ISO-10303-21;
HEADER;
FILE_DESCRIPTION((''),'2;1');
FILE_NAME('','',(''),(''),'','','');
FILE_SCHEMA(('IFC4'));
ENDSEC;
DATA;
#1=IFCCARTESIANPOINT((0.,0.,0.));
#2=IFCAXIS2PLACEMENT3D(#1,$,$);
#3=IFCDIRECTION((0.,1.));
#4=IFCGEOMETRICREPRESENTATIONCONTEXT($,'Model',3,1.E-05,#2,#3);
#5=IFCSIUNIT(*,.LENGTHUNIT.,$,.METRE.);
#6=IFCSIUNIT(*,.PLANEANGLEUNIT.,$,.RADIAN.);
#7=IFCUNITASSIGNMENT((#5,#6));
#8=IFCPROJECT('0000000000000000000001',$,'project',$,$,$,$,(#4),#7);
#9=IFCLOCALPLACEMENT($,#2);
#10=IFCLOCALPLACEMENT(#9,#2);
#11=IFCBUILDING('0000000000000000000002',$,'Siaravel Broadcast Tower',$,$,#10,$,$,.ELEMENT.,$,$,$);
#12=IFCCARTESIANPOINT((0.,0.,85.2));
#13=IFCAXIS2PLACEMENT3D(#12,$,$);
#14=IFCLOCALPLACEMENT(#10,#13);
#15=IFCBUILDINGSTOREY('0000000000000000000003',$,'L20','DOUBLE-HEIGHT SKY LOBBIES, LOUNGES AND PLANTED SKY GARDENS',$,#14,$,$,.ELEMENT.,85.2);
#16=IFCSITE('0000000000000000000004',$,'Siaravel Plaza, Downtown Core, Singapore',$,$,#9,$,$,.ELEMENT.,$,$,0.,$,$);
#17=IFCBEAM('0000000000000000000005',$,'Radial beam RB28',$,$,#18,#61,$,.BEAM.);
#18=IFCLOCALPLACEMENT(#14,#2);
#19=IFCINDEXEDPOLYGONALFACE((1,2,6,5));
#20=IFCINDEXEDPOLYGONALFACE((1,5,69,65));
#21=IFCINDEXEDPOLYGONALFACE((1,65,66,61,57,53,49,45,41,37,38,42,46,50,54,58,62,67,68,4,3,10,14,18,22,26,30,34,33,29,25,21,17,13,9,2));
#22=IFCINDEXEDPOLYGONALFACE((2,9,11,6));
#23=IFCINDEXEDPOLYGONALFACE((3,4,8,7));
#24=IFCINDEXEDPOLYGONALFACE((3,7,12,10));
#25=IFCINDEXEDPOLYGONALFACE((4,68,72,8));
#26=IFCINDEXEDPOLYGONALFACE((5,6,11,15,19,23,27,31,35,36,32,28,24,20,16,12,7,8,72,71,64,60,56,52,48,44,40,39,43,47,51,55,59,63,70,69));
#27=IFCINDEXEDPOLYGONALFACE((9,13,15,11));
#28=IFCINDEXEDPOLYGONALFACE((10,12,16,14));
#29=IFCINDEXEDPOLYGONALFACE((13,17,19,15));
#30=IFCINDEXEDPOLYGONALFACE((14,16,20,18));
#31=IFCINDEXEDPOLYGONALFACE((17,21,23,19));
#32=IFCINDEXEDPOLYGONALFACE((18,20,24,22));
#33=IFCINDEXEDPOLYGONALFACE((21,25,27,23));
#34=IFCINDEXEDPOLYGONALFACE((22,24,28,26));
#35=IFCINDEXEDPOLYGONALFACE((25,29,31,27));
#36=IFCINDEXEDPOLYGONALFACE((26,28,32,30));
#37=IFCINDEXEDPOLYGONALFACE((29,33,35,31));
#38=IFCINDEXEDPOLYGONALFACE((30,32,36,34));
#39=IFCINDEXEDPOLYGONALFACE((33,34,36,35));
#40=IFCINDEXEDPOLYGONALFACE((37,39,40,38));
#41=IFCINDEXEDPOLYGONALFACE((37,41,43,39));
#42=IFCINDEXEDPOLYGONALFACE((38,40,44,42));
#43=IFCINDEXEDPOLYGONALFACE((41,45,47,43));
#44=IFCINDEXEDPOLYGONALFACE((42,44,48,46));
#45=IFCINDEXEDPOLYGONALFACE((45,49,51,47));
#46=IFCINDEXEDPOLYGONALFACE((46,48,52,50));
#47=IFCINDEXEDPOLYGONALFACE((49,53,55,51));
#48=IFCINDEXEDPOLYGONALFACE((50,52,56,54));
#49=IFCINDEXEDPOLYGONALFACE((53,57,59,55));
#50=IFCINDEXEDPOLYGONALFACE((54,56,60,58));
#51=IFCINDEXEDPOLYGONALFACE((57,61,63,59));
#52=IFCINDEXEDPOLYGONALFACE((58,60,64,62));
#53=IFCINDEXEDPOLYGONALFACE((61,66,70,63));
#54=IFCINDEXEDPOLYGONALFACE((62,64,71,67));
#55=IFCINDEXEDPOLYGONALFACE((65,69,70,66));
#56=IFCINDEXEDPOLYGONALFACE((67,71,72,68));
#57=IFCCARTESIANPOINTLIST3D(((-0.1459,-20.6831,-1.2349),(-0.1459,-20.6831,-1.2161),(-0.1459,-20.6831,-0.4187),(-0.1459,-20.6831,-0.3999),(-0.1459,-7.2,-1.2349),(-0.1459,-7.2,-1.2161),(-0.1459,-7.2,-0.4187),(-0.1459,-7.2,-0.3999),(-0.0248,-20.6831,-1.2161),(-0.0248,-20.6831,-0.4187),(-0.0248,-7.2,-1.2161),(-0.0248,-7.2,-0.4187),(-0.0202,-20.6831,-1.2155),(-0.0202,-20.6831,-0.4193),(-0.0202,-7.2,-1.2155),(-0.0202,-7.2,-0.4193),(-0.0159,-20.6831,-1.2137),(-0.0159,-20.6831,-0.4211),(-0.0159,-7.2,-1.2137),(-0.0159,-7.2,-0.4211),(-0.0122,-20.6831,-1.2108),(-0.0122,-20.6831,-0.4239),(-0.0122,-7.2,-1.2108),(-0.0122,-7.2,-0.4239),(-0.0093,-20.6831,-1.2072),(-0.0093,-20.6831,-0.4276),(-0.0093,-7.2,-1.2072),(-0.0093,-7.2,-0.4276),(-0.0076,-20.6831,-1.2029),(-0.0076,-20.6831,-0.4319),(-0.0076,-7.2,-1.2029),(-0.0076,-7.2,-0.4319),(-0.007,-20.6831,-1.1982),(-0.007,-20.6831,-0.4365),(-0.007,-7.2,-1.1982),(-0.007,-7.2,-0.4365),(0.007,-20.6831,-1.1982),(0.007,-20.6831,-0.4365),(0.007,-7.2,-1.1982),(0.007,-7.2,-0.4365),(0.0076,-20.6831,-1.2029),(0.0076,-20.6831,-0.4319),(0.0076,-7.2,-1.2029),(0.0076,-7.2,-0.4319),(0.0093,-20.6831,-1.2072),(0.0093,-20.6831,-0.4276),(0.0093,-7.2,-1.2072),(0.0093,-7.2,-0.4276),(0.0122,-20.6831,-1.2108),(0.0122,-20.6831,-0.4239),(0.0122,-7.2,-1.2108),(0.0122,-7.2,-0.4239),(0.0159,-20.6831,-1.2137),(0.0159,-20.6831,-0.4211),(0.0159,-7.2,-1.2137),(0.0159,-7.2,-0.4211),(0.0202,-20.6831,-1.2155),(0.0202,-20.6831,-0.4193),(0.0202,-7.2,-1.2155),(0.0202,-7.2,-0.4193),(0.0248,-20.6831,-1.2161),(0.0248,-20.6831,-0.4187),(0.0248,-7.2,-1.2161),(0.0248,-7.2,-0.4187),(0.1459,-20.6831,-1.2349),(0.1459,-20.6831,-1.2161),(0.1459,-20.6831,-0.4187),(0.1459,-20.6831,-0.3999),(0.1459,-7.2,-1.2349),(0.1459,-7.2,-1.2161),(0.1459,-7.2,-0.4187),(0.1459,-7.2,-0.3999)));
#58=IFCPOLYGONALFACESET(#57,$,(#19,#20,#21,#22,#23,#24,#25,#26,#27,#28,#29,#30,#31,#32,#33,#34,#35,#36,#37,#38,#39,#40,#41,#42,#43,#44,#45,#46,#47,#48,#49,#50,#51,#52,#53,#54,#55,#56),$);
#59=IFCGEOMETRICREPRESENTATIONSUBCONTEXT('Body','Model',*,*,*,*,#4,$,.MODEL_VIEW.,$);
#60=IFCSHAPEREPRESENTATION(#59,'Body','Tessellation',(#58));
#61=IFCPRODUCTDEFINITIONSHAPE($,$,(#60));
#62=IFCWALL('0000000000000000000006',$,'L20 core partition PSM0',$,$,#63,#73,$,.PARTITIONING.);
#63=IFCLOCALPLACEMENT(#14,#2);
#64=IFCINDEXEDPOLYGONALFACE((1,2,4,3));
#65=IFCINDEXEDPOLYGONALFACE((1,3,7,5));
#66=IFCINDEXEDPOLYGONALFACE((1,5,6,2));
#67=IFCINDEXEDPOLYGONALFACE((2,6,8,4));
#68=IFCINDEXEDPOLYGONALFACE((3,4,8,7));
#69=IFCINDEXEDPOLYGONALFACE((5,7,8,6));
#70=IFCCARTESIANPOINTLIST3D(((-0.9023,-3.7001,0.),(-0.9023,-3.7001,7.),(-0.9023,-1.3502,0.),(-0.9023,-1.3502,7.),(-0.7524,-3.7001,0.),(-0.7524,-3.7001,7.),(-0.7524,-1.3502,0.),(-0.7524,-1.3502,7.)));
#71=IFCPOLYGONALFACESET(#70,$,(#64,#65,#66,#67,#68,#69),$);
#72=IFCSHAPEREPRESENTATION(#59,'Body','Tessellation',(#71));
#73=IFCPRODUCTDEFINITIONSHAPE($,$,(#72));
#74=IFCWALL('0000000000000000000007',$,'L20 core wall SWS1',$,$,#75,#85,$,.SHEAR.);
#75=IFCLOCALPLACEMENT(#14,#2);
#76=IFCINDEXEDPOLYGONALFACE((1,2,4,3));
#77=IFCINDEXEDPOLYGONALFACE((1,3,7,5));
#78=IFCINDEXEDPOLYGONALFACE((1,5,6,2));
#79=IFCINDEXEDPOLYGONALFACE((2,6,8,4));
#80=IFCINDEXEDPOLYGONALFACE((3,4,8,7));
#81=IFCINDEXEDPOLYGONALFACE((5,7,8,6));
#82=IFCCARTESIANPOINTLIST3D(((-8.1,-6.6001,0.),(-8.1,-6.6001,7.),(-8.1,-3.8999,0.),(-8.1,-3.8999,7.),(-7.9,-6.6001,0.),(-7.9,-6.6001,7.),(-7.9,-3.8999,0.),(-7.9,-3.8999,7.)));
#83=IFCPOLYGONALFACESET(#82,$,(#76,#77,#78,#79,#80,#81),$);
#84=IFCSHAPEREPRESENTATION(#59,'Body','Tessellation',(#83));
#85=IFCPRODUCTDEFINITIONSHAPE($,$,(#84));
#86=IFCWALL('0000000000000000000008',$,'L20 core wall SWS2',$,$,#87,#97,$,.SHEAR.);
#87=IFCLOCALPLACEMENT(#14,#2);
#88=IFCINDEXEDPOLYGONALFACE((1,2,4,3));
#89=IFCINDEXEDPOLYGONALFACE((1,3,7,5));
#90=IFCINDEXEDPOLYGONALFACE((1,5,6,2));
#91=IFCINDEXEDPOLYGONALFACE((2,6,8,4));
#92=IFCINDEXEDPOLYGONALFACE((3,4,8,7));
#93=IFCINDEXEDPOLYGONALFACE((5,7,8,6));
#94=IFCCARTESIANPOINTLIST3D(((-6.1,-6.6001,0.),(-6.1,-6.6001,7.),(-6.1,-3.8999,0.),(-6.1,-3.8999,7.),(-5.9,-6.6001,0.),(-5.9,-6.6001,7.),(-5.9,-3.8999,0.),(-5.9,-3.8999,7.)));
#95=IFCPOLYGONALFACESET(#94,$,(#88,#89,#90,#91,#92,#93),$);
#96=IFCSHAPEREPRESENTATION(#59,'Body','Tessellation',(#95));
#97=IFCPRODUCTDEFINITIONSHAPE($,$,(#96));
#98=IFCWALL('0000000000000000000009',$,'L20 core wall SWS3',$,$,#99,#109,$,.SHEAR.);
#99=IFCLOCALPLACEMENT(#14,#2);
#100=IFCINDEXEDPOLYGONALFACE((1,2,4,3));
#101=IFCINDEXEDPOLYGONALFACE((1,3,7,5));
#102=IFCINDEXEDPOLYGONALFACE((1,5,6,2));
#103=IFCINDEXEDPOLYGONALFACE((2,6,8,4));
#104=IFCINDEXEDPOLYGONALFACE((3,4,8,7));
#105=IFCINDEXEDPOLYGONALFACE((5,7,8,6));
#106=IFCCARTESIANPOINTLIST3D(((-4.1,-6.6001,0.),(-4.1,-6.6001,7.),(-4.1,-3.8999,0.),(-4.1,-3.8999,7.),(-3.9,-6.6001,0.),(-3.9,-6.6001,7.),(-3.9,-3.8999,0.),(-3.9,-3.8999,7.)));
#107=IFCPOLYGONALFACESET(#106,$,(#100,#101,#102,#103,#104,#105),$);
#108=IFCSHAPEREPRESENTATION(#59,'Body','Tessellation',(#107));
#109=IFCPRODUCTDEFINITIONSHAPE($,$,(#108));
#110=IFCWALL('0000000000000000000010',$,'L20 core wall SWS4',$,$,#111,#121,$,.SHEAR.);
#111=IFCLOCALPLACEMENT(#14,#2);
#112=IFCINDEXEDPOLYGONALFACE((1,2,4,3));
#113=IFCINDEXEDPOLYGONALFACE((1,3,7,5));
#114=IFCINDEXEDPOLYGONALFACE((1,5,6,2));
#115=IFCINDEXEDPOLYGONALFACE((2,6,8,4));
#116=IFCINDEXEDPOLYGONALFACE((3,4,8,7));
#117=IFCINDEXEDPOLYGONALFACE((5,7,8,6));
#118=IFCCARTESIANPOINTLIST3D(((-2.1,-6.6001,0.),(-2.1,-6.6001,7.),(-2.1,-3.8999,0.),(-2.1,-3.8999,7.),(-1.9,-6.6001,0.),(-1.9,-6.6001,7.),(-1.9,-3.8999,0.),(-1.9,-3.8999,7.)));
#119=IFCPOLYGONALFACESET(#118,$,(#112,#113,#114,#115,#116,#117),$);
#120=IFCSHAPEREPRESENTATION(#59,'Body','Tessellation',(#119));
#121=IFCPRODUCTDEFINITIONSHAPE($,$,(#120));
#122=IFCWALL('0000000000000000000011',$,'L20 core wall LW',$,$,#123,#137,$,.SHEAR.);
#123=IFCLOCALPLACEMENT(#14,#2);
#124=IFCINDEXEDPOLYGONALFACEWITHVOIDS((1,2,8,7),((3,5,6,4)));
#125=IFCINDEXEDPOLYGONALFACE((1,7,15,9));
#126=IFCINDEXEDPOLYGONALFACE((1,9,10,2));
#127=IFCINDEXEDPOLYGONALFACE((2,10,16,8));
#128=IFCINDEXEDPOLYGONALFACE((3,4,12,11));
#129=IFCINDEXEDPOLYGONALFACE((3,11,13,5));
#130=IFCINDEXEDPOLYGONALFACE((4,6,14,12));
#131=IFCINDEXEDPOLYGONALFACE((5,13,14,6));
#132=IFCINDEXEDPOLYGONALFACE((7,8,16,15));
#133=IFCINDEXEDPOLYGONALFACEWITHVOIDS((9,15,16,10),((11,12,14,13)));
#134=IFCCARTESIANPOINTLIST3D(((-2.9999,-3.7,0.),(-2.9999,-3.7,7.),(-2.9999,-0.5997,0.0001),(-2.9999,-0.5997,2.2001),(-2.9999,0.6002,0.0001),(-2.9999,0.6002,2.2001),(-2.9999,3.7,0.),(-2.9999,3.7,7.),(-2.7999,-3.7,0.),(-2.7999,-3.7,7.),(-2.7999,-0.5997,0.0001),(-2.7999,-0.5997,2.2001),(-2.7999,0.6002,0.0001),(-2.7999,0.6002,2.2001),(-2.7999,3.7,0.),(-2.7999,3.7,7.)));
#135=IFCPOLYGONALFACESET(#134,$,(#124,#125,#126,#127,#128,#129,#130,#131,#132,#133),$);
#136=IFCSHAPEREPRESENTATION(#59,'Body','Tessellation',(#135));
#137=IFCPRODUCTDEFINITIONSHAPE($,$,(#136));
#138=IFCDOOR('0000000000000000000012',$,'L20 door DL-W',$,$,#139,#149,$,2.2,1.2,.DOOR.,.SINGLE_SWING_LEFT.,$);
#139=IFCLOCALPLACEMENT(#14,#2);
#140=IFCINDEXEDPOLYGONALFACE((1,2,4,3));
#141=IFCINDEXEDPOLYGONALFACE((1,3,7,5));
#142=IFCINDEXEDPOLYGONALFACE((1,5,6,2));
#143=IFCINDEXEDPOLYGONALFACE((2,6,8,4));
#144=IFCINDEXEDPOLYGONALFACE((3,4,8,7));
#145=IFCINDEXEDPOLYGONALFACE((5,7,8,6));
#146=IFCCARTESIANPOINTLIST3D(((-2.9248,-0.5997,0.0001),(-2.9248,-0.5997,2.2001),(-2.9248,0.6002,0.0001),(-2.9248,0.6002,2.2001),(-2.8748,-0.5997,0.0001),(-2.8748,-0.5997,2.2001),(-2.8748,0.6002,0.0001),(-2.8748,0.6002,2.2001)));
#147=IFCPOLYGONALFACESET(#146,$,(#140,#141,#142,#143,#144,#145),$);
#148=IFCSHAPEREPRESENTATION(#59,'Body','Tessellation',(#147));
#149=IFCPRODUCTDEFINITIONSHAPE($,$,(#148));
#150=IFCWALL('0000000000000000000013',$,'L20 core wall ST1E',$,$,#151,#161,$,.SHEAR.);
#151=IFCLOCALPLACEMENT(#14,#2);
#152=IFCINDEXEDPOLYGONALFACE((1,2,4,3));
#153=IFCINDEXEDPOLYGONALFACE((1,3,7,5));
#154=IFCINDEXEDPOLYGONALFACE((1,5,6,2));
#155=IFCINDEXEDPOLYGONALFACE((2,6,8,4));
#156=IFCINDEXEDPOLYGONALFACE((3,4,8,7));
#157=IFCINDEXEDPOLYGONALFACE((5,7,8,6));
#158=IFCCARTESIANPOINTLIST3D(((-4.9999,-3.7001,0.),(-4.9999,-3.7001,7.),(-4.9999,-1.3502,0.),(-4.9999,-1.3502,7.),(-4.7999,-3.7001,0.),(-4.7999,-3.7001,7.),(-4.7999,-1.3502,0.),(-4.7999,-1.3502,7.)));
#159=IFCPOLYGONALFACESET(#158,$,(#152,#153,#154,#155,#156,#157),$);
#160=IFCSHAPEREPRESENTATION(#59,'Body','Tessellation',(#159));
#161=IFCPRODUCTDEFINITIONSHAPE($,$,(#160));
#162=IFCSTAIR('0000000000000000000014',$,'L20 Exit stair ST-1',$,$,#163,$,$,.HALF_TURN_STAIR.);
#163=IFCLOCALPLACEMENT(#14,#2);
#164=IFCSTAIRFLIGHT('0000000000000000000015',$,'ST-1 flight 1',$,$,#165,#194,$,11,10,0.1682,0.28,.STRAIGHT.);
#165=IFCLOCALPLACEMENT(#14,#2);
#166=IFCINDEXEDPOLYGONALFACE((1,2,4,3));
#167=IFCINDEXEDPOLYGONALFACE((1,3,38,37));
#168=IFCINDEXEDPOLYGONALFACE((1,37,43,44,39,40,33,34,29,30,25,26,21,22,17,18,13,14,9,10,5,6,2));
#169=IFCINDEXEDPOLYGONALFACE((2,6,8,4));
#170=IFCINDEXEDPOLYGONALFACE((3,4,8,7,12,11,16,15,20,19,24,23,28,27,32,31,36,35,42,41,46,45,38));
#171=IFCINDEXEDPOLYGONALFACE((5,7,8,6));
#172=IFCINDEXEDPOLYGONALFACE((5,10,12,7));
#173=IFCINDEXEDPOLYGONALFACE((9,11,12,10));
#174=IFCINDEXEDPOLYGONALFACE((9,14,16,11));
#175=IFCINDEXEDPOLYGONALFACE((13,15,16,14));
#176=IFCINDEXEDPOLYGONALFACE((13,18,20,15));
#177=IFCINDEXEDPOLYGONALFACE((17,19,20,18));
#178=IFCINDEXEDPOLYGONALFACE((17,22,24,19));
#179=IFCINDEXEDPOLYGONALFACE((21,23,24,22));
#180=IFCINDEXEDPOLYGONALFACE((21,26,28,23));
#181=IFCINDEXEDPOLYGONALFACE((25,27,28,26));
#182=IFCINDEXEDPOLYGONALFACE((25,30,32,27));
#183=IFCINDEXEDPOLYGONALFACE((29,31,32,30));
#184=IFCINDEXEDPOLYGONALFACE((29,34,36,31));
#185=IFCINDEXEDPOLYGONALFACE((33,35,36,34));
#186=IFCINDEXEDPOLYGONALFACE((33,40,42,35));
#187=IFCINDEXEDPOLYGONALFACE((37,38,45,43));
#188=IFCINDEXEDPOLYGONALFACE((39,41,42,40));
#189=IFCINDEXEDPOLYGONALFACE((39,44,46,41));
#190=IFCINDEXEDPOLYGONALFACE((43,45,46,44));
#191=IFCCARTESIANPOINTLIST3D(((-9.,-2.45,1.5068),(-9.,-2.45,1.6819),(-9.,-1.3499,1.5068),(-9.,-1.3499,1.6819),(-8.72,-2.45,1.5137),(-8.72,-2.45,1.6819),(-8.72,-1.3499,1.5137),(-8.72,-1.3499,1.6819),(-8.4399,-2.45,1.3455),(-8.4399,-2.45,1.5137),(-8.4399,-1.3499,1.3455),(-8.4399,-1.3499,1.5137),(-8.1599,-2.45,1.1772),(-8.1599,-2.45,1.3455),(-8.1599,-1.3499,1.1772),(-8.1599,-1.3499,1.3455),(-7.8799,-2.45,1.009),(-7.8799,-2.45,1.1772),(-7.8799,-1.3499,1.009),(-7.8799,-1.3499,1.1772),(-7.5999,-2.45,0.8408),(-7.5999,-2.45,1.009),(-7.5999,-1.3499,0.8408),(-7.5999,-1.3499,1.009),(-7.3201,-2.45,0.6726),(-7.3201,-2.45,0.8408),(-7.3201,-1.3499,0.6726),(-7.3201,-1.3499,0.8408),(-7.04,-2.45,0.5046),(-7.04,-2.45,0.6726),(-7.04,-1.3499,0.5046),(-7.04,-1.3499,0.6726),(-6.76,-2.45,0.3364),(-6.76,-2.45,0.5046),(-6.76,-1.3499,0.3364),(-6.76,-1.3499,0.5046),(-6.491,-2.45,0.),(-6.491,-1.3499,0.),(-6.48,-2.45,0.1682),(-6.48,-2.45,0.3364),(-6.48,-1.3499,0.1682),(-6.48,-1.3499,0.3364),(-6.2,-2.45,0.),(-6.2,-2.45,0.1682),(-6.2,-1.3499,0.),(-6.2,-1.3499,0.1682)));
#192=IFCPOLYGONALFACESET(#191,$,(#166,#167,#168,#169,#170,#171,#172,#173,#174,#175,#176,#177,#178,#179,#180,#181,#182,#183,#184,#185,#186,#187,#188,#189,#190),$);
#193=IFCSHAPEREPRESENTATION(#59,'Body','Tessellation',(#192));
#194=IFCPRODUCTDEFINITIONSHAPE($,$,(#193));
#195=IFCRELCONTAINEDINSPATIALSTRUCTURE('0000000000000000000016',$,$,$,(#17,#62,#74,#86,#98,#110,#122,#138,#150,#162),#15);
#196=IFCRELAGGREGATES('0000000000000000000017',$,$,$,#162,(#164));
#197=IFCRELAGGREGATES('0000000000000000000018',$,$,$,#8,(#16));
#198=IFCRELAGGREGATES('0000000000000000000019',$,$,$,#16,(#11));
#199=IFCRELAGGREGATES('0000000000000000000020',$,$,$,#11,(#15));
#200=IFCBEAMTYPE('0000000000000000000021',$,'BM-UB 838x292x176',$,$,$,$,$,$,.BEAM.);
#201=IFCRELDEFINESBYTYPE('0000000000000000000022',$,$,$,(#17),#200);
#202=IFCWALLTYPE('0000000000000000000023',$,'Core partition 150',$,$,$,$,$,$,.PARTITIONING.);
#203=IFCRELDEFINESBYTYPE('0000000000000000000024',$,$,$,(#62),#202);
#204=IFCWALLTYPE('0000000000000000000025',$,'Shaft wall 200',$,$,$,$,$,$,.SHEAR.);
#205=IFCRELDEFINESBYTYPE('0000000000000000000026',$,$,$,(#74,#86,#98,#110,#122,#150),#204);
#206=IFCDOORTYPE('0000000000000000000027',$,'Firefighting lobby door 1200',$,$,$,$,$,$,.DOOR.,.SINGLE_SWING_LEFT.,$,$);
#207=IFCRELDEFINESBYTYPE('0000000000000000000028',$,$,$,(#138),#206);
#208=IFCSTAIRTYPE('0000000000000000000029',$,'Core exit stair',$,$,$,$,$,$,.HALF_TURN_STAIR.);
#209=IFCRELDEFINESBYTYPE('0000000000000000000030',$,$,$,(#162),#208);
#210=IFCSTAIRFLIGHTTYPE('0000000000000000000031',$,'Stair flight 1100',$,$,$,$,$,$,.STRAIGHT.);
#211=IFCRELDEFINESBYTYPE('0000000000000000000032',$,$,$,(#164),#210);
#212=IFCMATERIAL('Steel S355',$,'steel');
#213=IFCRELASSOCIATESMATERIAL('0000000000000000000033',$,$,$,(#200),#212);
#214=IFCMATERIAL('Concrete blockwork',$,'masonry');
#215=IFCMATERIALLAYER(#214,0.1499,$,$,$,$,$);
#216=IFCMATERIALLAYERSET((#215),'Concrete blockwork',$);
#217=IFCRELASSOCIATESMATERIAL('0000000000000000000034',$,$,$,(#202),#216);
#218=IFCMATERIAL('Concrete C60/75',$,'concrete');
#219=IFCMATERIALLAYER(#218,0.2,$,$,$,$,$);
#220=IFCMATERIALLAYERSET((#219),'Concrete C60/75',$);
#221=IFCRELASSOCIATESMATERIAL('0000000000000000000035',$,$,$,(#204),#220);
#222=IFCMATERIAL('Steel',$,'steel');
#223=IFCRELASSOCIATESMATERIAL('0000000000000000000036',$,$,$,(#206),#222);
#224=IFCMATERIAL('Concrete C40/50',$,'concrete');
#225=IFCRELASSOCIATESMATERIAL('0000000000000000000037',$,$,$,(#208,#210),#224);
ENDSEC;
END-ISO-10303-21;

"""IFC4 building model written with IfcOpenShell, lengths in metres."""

from ifc_helpers import new_model, si_unit, direction, frame, frame_2d, origin, origin_2d, place, context, subcontext, project, spatial, polyline, rectangle, i_section, outline, extrude, material, layer, layer_set, material_profile, profile_set, type_object, element, fill, aggregate, save


model = new_model("IFC4")

# Units and contexts
model_context = context("Model", 3, precision=1e-05, world=origin(), true_north=direction((0.0, 1.0)))
body_context = subcontext(model_context, "Body", "Model", "MODEL_VIEW")
ifc_project = project(units=[si_unit("LENGTHUNIT", "METRE"), si_unit("PLANEANGLEUNIT", "RADIAN")], contexts=[model_context])

# Site, building, storey
site_placement = place(None, origin())
site = spatial("IfcSite", under=ifc_project, at=site_placement, Name="Siaravel Plaza, Downtown Core, Singapore", CompositionType="ELEMENT", RefElevation=0.0)
building_placement = place(site_placement, origin())
building = spatial("IfcBuilding", under=site, at=building_placement, Name="Siaravel Broadcast Tower", CompositionType="ELEMENT")
storey_placement = place(building_placement, frame((0.0, 0.0, 85.2)))
storey = spatial("IfcBuildingStorey", under=building, at=storey_placement, Name="L20", Description="DOUBLE-HEIGHT SKY LOBBIES, LOUNGES AND PLANTED SKY GARDENS", CompositionType="ELEMENT", Elevation=85.2)

# Beam
ifc_material_1 = material(Name="Steel S355", Category="steel")
ifc_material_profile_1 = material_profile(ifc_material_1, i_section(OverallWidth=0.2917, OverallDepth=0.835, WebThickness=0.0139, FlangeThickness=0.0188, FilletRadius=0.0178, at=origin_2d()))
ifc_profile_set_1 = profile_set([ifc_material_profile_1], Name="Steel S355")
beam_type = type_object("IfcBeamType", Name="BM-UB 838x292x176", PredefinedType="BEAM", material=ifc_profile_set_1)
beam_1_placement = place(storey_placement, frame((0.0, -20.6831, -0.8174), z_axis=(0.0, 1.0, 0.0), x_axis=(-1.0, 0.0, 0.0)))
element("IfcBeam", 1, at=beam_1_placement, inside=storey, type_object=beam_type, Name="Radial beam RB28", PredefinedType="BEAM", context=body_context, shape_type="SweptSolid", body=[
    extrude(i_section(OverallWidth=0.2917, OverallDepth=0.835, WebThickness=0.0139, FlangeThickness=0.0188, FilletRadius=0.0178, at=origin_2d()), origin(), (0.0, 0.0, 1.0), 13.4832),
])

# Walls
ifc_material_2 = material(Name="Concrete blockwork", Category="masonry")
ifc_layer_1 = layer(ifc_material_2, 0.1499)
ifc_layer_set_1 = layer_set([ifc_layer_1], Name="Concrete blockwork")
wall_type_1 = type_object("IfcWallType", Name="Core partition 150", PredefinedType="PARTITIONING", material=ifc_layer_set_1)
wall_1_placement = place(storey_placement, frame((-0.8274, -3.7, 0.0), z_axis=(0.0, 0.0, 1.0), x_axis=(0.0, 1.0, 0.0)))
element("IfcWall", 2, at=wall_1_placement, inside=storey, type_object=wall_type_1, Name="L20 core partition PSM0", PredefinedType="PARTITIONING", context=body_context, shape_type="SweptSolid", body=[
    extrude(rectangle(XDim=2.3499, YDim=0.1499, at=frame_2d((1.1748, 0.0))), origin(), (0.0, 0.0, 1.0), 7.0),
])
ifc_material_3 = material(Name="Concrete C60/75", Category="concrete")
ifc_layer_2 = layer(ifc_material_3, 0.2)
ifc_layer_set_2 = layer_set([ifc_layer_2], Name="Concrete C60/75")
wall_type_2 = type_object("IfcWallType", Name="Shaft wall 200", PredefinedType="SHEAR", material=ifc_layer_set_2)
for number, where, z_axis, x_axis, name in (
    (3, (-8.0, -6.6001, 0.0), (0.0, 0.0, 1.0), (0.0, 1.0, 0.0), "L20 core wall SWS1"),
    (4, (-6.0, -6.6001, 0.0), (0.0, 0.0, 1.0), (0.0, 1.0, 0.0), "L20 core wall SWS2"),
    (5, (-4.0, -6.6001, 0.0), (0.0, 0.0, 1.0), (0.0, 1.0, 0.0), "L20 core wall SWS3"),
    (6, (-2.0, -6.6001, 0.0), (0.0, 0.0, 1.0), (0.0, 1.0, 0.0), "L20 core wall SWS4"),
):
    element("IfcWall", number, at=place(storey_placement, frame(where, z_axis=z_axis, x_axis=x_axis)), inside=storey, type_object=wall_type_2, Name=name, PredefinedType="SHEAR", context=body_context, shape_type="SweptSolid", body=[
        extrude(rectangle(XDim=2.7002, YDim=0.2, at=frame_2d((1.3501, 0.0))), origin(), (0.0, 0.0, 1.0), 7.0),
    ])

# Wall, opening, door
wall_2_placement = place(storey_placement, frame((-2.8999, -3.7, 0.0), z_axis=(0.0, 0.0, 1.0), x_axis=(0.0, 1.0, 0.0)))
wall_2 = element("IfcWall", 7, at=wall_2_placement, inside=storey, type_object=wall_type_2, Name="L20 core wall LW", PredefinedType="SHEAR", context=body_context, shape_type="SweptSolid", body=[
    extrude(rectangle(XDim=7.3999, YDim=0.2, at=frame_2d((3.7, 0.0))), origin(), (0.0, 0.0, 1.0), 7.0),
])
opening_placement = place(wall_2_placement, frame((3.1001, 0.0, 0.0)))
opening = element("IfcOpeningElement", 8, at=opening_placement, cuts=wall_2, PredefinedType="OPENING", context=body_context, shape_type="SweptSolid", body=[
    extrude(rectangle(XDim=1.2, YDim=2.2, at=frame_2d((0.6001, 1.1001))), frame((0.0, 0.1099, 0.0), z_axis=(0.0, -1.0, 0.0), x_axis=(1.0, 0.0, 0.0)), (0.0, 0.0, 1.0), 0.22),
])
ifc_material_4 = material(Name="Steel", Category="steel")
door_type = type_object("IfcDoorType", Name="Firefighting lobby door 1200", OperationType="SINGLE_SWING_LEFT", PredefinedType="DOOR", material=ifc_material_4)
door_placement = place(opening_placement, origin())
door = element("IfcDoor", 9, at=door_placement, inside=storey, type_object=door_type, Name="L20 door DL-W", OperationType="SINGLE_SWING_LEFT", OverallHeight=2.2, OverallWidth=1.2, PredefinedType="DOOR", context=body_context, shape_type="SweptSolid", body=[
    extrude(rectangle(XDim=1.2, YDim=2.2, at=frame_2d((0.6001, 1.1001))), frame((0.0, 0.0249, 0.0), z_axis=(0.0, -1.0, 0.0), x_axis=(1.0, 0.0, 0.0)), (0.0, 0.0, 1.0), 0.05),
])
fill(opening, door)

# Wall
wall_3_placement = place(storey_placement, frame((-4.8999, -3.7, 0.0), z_axis=(0.0, 0.0, 1.0), x_axis=(0.0, 1.0, 0.0)))
element("IfcWall", 10, at=wall_3_placement, inside=storey, type_object=wall_type_2, Name="L20 core wall ST1E", PredefinedType="SHEAR", context=body_context, shape_type="SweptSolid", body=[
    extrude(rectangle(XDim=2.3499, YDim=0.2, at=frame_2d((1.1748, 0.0))), origin(), (0.0, 0.0, 1.0), 7.0),
])

# Stair, stair flight
ifc_material_5 = material(Name="Concrete C40/50", Category="concrete")
stair_type = type_object("IfcStairType", Name="Core exit stair", PredefinedType="HALF_TURN_STAIR", material=ifc_material_5)
stair_placement = place(storey_placement, origin())
stair = element("IfcStair", 11, at=stair_placement, inside=storey, type_object=stair_type, Name="L20 Exit stair ST-1", PredefinedType="HALF_TURN_STAIR")
stair_flight_type = type_object("IfcStairFlightType", Name="Stair flight 1100", PredefinedType="STRAIGHT", material=ifc_material_5)
stair_flight_1_placement = place(storey_placement, frame((-6.2, -1.8999, 0.0), z_axis=(0.0, 0.0, 1.0), x_axis=(-1.0, 0.0, 0.0)))
stair_flight_1 = element("IfcStairFlight", 12, at=stair_flight_1_placement, type_object=stair_flight_type, Name="ST-1 flight 1", NumberOfRisers=11, NumberOfTreads=10, PredefinedType="STRAIGHT", RiserHeight=0.1682, TreadLength=0.28, context=body_context, shape_type="SweptSolid", body=[
    extrude(outline(polyline([(0.0, 0.0), (0.0, 0.1682), (0.28, 0.1682), (0.28, 0.3364), (0.5601, 0.3364), (0.5601, 0.5046), (0.8401, 0.5046), (0.8401, 0.6726), (1.1201, 0.6726), (1.1201, 0.8408), (1.3999, 0.8408), (1.3999, 1.009), (1.6799, 1.009), (1.6799, 1.1772), (1.96, 1.1772), (1.96, 1.3455), (2.24, 1.3455), (2.24, 1.5137), (2.52, 1.5137), (2.52, 1.6819), (2.8, 1.6819), (2.8, 1.8501), (2.8, 1.5068), (0.291, 0.0), (0.0, 0.0)])), frame((0.0, 0.55, 0.0), z_axis=(0.0, -1.0, 0.0), x_axis=(1.0, 0.0, 0.0)), (0.0, 0.0, 1.0), 1.1001),
])
aggregate(stair, [stair_flight_1])

save(model, "model.ifc")
